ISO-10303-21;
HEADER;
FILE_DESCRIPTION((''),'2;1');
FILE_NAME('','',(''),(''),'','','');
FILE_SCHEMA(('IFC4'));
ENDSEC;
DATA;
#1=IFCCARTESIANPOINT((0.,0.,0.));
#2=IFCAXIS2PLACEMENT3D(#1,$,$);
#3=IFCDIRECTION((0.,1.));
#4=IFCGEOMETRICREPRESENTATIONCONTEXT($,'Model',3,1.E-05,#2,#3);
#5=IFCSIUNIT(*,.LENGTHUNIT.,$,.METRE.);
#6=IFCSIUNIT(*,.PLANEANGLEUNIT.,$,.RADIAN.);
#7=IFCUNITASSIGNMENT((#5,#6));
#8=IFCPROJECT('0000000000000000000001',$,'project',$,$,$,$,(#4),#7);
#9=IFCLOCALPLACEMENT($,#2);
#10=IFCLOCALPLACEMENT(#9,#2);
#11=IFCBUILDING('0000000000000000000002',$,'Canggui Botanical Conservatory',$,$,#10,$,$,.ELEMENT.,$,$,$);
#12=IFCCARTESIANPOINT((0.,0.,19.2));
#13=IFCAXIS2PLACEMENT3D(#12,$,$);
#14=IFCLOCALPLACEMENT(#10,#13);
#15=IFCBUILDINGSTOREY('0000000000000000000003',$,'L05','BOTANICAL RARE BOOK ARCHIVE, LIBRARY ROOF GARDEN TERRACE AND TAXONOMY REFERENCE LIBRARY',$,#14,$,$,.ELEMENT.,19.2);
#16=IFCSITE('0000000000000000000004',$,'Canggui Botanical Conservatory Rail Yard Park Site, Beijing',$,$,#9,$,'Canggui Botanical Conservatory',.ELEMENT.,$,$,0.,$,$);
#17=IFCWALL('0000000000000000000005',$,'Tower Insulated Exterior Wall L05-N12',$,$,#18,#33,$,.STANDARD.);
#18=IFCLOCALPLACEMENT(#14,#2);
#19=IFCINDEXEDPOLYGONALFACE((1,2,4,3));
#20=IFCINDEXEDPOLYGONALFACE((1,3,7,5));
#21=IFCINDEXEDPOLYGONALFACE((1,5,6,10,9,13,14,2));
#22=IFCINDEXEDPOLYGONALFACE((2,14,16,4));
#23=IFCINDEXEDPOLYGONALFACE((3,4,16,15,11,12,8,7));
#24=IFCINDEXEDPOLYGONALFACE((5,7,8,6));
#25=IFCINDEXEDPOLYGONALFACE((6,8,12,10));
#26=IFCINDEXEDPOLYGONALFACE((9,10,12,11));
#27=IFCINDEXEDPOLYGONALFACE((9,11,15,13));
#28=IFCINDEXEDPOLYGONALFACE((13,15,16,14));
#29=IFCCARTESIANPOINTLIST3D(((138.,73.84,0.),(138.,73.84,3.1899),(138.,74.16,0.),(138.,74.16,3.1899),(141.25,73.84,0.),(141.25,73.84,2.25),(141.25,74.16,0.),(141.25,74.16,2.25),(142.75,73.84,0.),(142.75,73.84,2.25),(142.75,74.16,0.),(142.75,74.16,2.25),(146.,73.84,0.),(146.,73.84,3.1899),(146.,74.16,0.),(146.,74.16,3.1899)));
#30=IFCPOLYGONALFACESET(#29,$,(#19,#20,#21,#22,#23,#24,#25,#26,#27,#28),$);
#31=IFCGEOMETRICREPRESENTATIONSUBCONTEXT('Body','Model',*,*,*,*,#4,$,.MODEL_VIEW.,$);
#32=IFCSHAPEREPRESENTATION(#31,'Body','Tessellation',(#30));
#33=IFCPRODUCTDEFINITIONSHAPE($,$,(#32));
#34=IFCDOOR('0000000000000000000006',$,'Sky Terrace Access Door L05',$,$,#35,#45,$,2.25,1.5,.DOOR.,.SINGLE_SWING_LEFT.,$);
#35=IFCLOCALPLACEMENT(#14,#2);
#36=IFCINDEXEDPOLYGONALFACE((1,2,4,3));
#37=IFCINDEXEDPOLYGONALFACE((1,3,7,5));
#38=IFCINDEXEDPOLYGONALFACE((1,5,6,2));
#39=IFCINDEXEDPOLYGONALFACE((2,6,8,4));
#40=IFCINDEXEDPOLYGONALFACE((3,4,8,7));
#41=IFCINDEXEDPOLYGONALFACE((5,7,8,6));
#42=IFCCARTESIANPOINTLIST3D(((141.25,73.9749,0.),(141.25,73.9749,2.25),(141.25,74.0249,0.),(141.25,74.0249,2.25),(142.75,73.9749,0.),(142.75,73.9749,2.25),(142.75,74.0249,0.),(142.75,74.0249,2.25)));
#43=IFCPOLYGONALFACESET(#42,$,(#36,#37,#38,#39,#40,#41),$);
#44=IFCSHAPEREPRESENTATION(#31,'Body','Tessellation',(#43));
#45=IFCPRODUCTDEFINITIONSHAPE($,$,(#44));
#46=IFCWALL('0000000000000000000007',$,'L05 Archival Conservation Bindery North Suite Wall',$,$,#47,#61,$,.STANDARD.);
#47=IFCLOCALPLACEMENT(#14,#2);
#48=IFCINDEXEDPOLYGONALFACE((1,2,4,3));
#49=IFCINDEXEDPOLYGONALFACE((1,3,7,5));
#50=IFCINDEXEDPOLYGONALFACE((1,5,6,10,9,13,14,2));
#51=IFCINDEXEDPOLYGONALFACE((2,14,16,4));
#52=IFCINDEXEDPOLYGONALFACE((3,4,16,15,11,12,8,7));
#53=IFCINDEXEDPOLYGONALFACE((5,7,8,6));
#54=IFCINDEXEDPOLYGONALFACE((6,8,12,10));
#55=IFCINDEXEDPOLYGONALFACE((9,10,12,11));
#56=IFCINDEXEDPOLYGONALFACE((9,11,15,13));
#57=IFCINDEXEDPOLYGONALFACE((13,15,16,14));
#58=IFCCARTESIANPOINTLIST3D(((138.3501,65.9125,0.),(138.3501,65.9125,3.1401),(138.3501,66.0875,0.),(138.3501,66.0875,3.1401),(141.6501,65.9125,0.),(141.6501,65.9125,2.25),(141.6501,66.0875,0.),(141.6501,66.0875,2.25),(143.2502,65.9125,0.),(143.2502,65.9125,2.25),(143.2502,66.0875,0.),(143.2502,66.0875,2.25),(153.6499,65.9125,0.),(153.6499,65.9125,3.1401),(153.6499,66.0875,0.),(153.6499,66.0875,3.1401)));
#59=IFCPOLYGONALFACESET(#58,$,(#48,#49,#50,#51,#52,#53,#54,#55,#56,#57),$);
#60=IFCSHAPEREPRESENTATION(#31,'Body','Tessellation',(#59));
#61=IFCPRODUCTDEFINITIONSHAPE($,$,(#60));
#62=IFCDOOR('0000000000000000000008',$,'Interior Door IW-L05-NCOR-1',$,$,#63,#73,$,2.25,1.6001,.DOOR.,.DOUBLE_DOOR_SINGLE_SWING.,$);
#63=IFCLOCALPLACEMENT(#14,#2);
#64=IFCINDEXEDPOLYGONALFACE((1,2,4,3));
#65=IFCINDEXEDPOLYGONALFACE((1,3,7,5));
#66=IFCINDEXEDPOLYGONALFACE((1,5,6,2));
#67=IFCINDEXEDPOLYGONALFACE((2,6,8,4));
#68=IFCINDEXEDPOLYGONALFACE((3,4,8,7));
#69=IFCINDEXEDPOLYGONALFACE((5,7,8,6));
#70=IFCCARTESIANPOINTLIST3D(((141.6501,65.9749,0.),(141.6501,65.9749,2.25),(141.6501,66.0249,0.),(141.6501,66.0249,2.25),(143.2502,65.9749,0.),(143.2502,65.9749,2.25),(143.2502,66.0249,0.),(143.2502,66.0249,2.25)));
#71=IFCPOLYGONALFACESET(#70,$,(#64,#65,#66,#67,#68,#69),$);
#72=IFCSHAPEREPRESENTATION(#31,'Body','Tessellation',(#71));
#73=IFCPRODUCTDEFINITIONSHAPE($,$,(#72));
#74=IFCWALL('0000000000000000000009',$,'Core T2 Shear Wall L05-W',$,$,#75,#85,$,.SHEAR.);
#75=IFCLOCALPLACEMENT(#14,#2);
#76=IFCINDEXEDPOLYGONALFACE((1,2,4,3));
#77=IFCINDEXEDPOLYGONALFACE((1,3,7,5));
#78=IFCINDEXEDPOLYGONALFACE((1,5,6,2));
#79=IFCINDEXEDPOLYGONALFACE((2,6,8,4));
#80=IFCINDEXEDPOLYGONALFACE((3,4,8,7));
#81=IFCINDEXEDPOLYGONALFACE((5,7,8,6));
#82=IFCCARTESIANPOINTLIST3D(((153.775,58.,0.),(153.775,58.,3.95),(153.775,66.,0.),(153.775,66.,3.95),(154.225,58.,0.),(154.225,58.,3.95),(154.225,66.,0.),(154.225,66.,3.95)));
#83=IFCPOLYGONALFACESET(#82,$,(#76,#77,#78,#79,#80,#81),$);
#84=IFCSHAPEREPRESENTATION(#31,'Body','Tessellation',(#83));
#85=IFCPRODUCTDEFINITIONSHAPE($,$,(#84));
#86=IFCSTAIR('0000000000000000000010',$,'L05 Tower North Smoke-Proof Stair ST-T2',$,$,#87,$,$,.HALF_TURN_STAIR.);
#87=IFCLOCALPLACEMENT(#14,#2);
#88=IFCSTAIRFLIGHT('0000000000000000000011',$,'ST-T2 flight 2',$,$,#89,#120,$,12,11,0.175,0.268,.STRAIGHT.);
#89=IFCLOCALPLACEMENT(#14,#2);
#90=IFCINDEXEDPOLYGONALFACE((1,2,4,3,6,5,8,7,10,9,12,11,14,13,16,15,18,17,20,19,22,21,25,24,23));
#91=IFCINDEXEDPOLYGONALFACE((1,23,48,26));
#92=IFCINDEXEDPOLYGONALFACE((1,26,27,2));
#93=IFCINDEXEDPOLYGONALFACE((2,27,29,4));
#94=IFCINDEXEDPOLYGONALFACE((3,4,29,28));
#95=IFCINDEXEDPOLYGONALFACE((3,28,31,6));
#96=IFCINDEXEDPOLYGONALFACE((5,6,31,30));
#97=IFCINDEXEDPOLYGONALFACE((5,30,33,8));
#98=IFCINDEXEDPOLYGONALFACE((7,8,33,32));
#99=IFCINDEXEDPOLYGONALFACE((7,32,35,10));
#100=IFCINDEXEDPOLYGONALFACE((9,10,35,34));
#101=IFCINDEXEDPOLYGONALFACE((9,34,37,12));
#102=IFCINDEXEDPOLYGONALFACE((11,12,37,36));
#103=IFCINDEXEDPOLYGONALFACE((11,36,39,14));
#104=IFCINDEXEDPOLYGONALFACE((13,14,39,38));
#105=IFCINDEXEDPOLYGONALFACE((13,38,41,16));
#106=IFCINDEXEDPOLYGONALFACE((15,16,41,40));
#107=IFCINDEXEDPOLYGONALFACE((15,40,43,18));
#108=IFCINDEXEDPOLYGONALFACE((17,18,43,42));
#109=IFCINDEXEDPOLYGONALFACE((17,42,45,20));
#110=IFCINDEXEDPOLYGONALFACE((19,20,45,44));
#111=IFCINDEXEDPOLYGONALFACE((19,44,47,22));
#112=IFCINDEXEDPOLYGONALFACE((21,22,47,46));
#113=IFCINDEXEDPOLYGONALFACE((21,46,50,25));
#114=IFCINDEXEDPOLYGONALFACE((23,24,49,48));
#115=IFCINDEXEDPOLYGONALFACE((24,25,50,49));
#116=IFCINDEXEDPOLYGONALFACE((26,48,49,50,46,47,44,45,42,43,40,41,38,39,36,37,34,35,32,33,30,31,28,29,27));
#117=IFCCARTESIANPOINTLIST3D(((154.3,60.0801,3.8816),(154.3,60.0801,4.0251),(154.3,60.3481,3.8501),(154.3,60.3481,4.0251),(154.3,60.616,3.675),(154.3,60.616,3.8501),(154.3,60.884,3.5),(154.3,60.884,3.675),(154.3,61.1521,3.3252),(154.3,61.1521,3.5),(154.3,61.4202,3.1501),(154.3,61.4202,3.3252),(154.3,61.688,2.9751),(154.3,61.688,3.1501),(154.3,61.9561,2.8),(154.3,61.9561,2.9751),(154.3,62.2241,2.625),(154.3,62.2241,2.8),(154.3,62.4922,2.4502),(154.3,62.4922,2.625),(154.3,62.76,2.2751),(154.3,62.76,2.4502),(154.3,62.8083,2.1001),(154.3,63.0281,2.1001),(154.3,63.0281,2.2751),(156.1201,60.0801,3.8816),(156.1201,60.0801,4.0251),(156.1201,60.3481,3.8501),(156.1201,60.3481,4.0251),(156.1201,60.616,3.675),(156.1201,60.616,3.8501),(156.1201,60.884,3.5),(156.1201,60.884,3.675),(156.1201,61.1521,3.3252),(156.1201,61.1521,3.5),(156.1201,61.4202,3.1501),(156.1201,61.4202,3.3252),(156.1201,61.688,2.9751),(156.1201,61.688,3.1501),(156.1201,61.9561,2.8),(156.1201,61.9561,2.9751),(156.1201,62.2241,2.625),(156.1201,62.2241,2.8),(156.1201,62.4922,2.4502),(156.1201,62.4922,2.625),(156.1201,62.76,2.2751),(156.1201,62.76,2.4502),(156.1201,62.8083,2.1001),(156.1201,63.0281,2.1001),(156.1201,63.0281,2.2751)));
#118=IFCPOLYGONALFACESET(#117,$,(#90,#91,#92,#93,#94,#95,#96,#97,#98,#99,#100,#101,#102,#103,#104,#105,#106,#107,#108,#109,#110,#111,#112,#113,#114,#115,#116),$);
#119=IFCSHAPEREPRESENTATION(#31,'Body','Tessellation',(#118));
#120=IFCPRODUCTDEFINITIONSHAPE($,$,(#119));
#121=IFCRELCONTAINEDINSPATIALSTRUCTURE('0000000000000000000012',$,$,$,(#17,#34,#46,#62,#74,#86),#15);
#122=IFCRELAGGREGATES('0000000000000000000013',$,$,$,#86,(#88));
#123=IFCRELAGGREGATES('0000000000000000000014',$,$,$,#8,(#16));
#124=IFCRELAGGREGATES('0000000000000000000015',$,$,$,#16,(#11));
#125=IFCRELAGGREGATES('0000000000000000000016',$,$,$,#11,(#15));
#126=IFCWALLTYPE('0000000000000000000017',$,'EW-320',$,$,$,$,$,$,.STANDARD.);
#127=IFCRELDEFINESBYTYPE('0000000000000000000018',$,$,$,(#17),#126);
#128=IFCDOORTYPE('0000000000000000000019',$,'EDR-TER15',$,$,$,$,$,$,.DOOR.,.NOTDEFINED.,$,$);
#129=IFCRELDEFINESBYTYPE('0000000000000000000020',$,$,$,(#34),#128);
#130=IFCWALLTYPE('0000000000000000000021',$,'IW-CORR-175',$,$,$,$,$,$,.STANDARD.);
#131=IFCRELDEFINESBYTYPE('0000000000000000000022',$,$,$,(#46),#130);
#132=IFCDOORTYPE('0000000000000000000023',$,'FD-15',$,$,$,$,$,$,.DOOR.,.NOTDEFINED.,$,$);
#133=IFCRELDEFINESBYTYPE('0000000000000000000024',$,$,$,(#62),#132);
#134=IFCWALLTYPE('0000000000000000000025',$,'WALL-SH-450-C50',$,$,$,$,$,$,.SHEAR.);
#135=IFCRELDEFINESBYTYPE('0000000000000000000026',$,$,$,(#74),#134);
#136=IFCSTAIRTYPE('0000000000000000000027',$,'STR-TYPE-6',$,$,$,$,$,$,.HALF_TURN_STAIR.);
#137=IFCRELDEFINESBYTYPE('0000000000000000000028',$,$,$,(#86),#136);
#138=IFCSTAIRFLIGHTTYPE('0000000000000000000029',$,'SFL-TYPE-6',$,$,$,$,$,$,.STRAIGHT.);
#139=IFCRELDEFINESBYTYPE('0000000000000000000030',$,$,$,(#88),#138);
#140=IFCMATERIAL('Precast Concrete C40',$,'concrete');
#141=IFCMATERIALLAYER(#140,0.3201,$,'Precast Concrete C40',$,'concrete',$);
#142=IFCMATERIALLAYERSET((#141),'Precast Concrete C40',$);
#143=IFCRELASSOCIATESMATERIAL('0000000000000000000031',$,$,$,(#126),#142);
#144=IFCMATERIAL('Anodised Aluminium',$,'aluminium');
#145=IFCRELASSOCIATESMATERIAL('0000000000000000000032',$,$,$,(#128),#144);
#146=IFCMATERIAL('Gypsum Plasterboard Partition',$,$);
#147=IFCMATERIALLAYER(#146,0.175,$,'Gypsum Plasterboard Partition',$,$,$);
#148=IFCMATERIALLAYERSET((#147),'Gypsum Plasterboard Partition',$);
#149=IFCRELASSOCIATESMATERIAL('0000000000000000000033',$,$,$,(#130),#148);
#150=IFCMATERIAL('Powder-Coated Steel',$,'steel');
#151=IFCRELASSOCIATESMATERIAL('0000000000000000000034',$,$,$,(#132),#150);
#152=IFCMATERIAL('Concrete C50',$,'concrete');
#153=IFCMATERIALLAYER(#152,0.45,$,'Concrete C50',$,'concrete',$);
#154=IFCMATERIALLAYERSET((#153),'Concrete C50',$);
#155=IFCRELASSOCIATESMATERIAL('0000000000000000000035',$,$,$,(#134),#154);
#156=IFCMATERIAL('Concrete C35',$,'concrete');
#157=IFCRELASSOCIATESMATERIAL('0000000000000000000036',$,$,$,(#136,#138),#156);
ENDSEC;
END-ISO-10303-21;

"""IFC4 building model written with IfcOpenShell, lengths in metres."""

from ifc_helpers import new_model, si_unit, direction, frame, frame_2d, origin, place, context, subcontext, project, spatial, polyline, rectangle, outline, extrude, material, layer, layer_set, type_object, element, fill, aggregate, save


model = new_model("IFC4")

# Units and contexts
model_context = context("Model", 3, precision=1e-05, world=origin(), true_north=direction((0.0, 1.0)))
body_context = subcontext(model_context, "Body", "Model", "MODEL_VIEW")
ifc_project = project(units=[si_unit("LENGTHUNIT", "METRE"), si_unit("PLANEANGLEUNIT", "RADIAN")], contexts=[model_context])

# Site, building, storey
site_placement = place(None, origin())
site = spatial("IfcSite", under=ifc_project, at=site_placement, Name="Canggui Botanical Conservatory Rail Yard Park Site, Beijing", LongName="Canggui Botanical Conservatory", CompositionType="ELEMENT", RefElevation=0.0)
building_placement = place(site_placement, origin())
building = spatial("IfcBuilding", under=site, at=building_placement, Name="Canggui Botanical Conservatory", CompositionType="ELEMENT")
storey_placement = place(building_placement, frame((0.0, 0.0, 19.2)))
storey = spatial("IfcBuildingStorey", under=building, at=storey_placement, Name="L05", Description="BOTANICAL RARE BOOK ARCHIVE, LIBRARY ROOF GARDEN TERRACE AND TAXONOMY REFERENCE LIBRARY", CompositionType="ELEMENT", Elevation=19.2)

# Shared definitions
ifc_material_1 = material(Name="Concrete C35", Category="concrete")

# Walls, openings, doors
ifc_material_2 = material(Name="Precast Concrete C40", Category="concrete")
ifc_layer_1 = layer(ifc_material_2, 0.3201, Name="Precast Concrete C40", Category="concrete")
ifc_layer_set_1 = layer_set([ifc_layer_1], Name="Precast Concrete C40")
wall_type_1 = type_object("IfcWallType", Name="EW-320", PredefinedType="STANDARD", material=ifc_layer_set_1)
wall_1_placement = place(storey_placement, frame((138.0, 74.0, 0.0), z_axis=(0.0, 0.0, 1.0), x_axis=(1.0, 0.0, 0.0)))
wall_1 = element("IfcWall", 1, at=wall_1_placement, inside=storey, type_object=wall_type_1, Name="Tower Insulated Exterior Wall L05-N12", PredefinedType="STANDARD", context=body_context, shape_type="SweptSolid", body=[
    extrude(rectangle(XDim=8.0, YDim=0.3201, at=frame_2d((4.0, 0.0))), origin(), (0.0, 0.0, 1.0), 3.1899),
])
opening_1_placement = place(wall_1_placement, frame((3.25, 0.0, 0.0)))
opening_1 = element("IfcOpeningElement", 2, at=opening_1_placement, cuts=wall_1, PredefinedType="OPENING", context=body_context, shape_type="SweptSolid", body=[
    extrude(rectangle(XDim=1.5, YDim=2.25, at=frame_2d((0.75, 1.125))), frame((0.0, 0.1699, 0.0), z_axis=(0.0, -1.0, 0.0), x_axis=(1.0, 0.0, 0.0)), (0.0, 0.0, 1.0), 0.3401),
])
ifc_material_3 = material(Name="Anodised Aluminium", Category="aluminium")
door_type_1 = type_object("IfcDoorType", Name="EDR-TER15", OperationType="NOTDEFINED", PredefinedType="DOOR", material=ifc_material_3)
door_1_placement = place(opening_1_placement, origin())
door_1 = element("IfcDoor", 3, at=door_1_placement, inside=storey, type_object=door_type_1, Name="Sky Terrace Access Door L05", OperationType="SINGLE_SWING_LEFT", OverallHeight=2.25, OverallWidth=1.5, PredefinedType="DOOR", context=body_context, shape_type="SweptSolid", body=[
    extrude(rectangle(XDim=1.5, YDim=2.25, at=frame_2d((0.75, 1.125))), frame((0.0, 0.0249, 0.0), z_axis=(0.0, -1.0, 0.0), x_axis=(1.0, 0.0, 0.0)), (0.0, 0.0, 1.0), 0.05),
])
fill(opening_1, door_1)
ifc_material_4 = material(Name="Gypsum Plasterboard Partition")
ifc_layer_2 = layer(ifc_material_4, 0.175, Name="Gypsum Plasterboard Partition")
ifc_layer_set_2 = layer_set([ifc_layer_2], Name="Gypsum Plasterboard Partition")
wall_type_2 = type_object("IfcWallType", Name="IW-CORR-175", PredefinedType="STANDARD", material=ifc_layer_set_2)
wall_2_placement = place(storey_placement, frame((138.3501, 66.0, 0.0), z_axis=(0.0, 0.0, 1.0), x_axis=(1.0, 0.0, 0.0)))
wall_2 = element("IfcWall", 4, at=wall_2_placement, inside=storey, type_object=wall_type_2, Name="L05 Archival Conservation Bindery North Suite Wall", PredefinedType="STANDARD", context=body_context, shape_type="SweptSolid", body=[
    extrude(rectangle(XDim=15.2998, YDim=0.175, at=frame_2d((7.6499, 0.0))), origin(), (0.0, 0.0, 1.0), 3.1401),
])
opening_2_placement = place(wall_2_placement, frame((3.3, 0.0, 0.0)))
opening_2 = element("IfcOpeningElement", 5, at=opening_2_placement, cuts=wall_2, PredefinedType="OPENING", context=body_context, shape_type="SweptSolid", body=[
    extrude(rectangle(XDim=1.6001, YDim=2.25, at=frame_2d((0.8, 1.125))), frame((0.0, 0.0977, 0.0), z_axis=(0.0, -1.0, 0.0), x_axis=(1.0, 0.0, 0.0)), (0.0, 0.0, 1.0), 0.1951),
])
ifc_material_5 = material(Name="Powder-Coated Steel", Category="steel")
door_type_2 = type_object("IfcDoorType", Name="FD-15", OperationType="NOTDEFINED", PredefinedType="DOOR", material=ifc_material_5)
door_2_placement = place(opening_2_placement, origin())
door_2 = element("IfcDoor", 6, at=door_2_placement, inside=storey, type_object=door_type_2, Name="Interior Door IW-L05-NCOR-1", OperationType="DOUBLE_DOOR_SINGLE_SWING", OverallHeight=2.25, OverallWidth=1.6001, PredefinedType="DOOR", context=body_context, shape_type="SweptSolid", body=[
    extrude(rectangle(XDim=1.6001, YDim=2.25, at=frame_2d((0.8, 1.125))), frame((0.0, 0.0249, 0.0), z_axis=(0.0, -1.0, 0.0), x_axis=(1.0, 0.0, 0.0)), (0.0, 0.0, 1.0), 0.05),
])
fill(opening_2, door_2)

# Wall
ifc_material_6 = material(Name="Concrete C50", Category="concrete")
ifc_layer_3 = layer(ifc_material_6, 0.45, Name="Concrete C50", Category="concrete")
ifc_layer_set_3 = layer_set([ifc_layer_3], Name="Concrete C50")
wall_type_3 = type_object("IfcWallType", Name="WALL-SH-450-C50", PredefinedType="SHEAR", material=ifc_layer_set_3)
wall_3_placement = place(storey_placement, frame((154.0, 66.0, 0.0), z_axis=(0.0, 0.0, 1.0), x_axis=(0.0, -1.0, 0.0)))
element("IfcWall", 7, at=wall_3_placement, inside=storey, type_object=wall_type_3, Name="Core T2 Shear Wall L05-W", PredefinedType="SHEAR", context=body_context, shape_type="SweptSolid", body=[
    extrude(rectangle(XDim=8.0, YDim=0.45, at=frame_2d((4.0, 0.0))), origin(), (0.0, 0.0, 1.0), 3.95),
])

# Stair, stair flight
stair_type = type_object("IfcStairType", Name="STR-TYPE-6", PredefinedType="HALF_TURN_STAIR", material=ifc_material_1)
stair_placement = place(storey_placement, origin())
stair = element("IfcStair", 8, at=stair_placement, inside=storey, type_object=stair_type, Name="L05 Tower North Smoke-Proof Stair ST-T2", PredefinedType="HALF_TURN_STAIR")
stair_flight_type = type_object("IfcStairFlightType", Name="SFL-TYPE-6", PredefinedType="STRAIGHT", material=ifc_material_1)
stair_flight_placement = place(storey_placement, frame((155.21, 63.0281, 2.1001), z_axis=(0.0, 0.0, 1.0), x_axis=(0.0, -1.0, 0.0)))
stair_flight = element("IfcStairFlight", 9, at=stair_flight_placement, type_object=stair_flight_type, Name="ST-T2 flight 2", NumberOfRisers=12, NumberOfTreads=11, PredefinedType="STRAIGHT", RiserHeight=0.175, TreadLength=0.268, context=body_context, shape_type="SweptSolid", body=[
    extrude(outline(polyline([(0.0, 0.0), (0.0, 0.175), (0.2681, 0.175), (0.2681, 0.3501), (0.5359, 0.3501), (0.5359, 0.5249), (0.804, 0.5249), (0.804, 0.7), (1.072, 0.7), (1.072, 0.875), (1.3401, 0.875), (1.3401, 1.05), (1.6079, 1.05), (1.6079, 1.2251), (1.876, 1.2251), (1.876, 1.3999), (2.144, 1.3999), (2.144, 1.575), (2.4121, 1.575), (2.4121, 1.75), (2.6799, 1.75), (2.6799, 1.925), (2.948, 1.925), (2.948, 2.1001), (2.948, 1.7815), (0.2197, 0.0), (0.0, 0.0)])), frame((0.0, 0.9102, 0.0), z_axis=(0.0, -1.0, 0.0), x_axis=(1.0, 0.0, 0.0)), (0.0, 0.0, 1.0), 1.8201),
])
aggregate(stair, [stair_flight])

save(model, "model.ifc")
